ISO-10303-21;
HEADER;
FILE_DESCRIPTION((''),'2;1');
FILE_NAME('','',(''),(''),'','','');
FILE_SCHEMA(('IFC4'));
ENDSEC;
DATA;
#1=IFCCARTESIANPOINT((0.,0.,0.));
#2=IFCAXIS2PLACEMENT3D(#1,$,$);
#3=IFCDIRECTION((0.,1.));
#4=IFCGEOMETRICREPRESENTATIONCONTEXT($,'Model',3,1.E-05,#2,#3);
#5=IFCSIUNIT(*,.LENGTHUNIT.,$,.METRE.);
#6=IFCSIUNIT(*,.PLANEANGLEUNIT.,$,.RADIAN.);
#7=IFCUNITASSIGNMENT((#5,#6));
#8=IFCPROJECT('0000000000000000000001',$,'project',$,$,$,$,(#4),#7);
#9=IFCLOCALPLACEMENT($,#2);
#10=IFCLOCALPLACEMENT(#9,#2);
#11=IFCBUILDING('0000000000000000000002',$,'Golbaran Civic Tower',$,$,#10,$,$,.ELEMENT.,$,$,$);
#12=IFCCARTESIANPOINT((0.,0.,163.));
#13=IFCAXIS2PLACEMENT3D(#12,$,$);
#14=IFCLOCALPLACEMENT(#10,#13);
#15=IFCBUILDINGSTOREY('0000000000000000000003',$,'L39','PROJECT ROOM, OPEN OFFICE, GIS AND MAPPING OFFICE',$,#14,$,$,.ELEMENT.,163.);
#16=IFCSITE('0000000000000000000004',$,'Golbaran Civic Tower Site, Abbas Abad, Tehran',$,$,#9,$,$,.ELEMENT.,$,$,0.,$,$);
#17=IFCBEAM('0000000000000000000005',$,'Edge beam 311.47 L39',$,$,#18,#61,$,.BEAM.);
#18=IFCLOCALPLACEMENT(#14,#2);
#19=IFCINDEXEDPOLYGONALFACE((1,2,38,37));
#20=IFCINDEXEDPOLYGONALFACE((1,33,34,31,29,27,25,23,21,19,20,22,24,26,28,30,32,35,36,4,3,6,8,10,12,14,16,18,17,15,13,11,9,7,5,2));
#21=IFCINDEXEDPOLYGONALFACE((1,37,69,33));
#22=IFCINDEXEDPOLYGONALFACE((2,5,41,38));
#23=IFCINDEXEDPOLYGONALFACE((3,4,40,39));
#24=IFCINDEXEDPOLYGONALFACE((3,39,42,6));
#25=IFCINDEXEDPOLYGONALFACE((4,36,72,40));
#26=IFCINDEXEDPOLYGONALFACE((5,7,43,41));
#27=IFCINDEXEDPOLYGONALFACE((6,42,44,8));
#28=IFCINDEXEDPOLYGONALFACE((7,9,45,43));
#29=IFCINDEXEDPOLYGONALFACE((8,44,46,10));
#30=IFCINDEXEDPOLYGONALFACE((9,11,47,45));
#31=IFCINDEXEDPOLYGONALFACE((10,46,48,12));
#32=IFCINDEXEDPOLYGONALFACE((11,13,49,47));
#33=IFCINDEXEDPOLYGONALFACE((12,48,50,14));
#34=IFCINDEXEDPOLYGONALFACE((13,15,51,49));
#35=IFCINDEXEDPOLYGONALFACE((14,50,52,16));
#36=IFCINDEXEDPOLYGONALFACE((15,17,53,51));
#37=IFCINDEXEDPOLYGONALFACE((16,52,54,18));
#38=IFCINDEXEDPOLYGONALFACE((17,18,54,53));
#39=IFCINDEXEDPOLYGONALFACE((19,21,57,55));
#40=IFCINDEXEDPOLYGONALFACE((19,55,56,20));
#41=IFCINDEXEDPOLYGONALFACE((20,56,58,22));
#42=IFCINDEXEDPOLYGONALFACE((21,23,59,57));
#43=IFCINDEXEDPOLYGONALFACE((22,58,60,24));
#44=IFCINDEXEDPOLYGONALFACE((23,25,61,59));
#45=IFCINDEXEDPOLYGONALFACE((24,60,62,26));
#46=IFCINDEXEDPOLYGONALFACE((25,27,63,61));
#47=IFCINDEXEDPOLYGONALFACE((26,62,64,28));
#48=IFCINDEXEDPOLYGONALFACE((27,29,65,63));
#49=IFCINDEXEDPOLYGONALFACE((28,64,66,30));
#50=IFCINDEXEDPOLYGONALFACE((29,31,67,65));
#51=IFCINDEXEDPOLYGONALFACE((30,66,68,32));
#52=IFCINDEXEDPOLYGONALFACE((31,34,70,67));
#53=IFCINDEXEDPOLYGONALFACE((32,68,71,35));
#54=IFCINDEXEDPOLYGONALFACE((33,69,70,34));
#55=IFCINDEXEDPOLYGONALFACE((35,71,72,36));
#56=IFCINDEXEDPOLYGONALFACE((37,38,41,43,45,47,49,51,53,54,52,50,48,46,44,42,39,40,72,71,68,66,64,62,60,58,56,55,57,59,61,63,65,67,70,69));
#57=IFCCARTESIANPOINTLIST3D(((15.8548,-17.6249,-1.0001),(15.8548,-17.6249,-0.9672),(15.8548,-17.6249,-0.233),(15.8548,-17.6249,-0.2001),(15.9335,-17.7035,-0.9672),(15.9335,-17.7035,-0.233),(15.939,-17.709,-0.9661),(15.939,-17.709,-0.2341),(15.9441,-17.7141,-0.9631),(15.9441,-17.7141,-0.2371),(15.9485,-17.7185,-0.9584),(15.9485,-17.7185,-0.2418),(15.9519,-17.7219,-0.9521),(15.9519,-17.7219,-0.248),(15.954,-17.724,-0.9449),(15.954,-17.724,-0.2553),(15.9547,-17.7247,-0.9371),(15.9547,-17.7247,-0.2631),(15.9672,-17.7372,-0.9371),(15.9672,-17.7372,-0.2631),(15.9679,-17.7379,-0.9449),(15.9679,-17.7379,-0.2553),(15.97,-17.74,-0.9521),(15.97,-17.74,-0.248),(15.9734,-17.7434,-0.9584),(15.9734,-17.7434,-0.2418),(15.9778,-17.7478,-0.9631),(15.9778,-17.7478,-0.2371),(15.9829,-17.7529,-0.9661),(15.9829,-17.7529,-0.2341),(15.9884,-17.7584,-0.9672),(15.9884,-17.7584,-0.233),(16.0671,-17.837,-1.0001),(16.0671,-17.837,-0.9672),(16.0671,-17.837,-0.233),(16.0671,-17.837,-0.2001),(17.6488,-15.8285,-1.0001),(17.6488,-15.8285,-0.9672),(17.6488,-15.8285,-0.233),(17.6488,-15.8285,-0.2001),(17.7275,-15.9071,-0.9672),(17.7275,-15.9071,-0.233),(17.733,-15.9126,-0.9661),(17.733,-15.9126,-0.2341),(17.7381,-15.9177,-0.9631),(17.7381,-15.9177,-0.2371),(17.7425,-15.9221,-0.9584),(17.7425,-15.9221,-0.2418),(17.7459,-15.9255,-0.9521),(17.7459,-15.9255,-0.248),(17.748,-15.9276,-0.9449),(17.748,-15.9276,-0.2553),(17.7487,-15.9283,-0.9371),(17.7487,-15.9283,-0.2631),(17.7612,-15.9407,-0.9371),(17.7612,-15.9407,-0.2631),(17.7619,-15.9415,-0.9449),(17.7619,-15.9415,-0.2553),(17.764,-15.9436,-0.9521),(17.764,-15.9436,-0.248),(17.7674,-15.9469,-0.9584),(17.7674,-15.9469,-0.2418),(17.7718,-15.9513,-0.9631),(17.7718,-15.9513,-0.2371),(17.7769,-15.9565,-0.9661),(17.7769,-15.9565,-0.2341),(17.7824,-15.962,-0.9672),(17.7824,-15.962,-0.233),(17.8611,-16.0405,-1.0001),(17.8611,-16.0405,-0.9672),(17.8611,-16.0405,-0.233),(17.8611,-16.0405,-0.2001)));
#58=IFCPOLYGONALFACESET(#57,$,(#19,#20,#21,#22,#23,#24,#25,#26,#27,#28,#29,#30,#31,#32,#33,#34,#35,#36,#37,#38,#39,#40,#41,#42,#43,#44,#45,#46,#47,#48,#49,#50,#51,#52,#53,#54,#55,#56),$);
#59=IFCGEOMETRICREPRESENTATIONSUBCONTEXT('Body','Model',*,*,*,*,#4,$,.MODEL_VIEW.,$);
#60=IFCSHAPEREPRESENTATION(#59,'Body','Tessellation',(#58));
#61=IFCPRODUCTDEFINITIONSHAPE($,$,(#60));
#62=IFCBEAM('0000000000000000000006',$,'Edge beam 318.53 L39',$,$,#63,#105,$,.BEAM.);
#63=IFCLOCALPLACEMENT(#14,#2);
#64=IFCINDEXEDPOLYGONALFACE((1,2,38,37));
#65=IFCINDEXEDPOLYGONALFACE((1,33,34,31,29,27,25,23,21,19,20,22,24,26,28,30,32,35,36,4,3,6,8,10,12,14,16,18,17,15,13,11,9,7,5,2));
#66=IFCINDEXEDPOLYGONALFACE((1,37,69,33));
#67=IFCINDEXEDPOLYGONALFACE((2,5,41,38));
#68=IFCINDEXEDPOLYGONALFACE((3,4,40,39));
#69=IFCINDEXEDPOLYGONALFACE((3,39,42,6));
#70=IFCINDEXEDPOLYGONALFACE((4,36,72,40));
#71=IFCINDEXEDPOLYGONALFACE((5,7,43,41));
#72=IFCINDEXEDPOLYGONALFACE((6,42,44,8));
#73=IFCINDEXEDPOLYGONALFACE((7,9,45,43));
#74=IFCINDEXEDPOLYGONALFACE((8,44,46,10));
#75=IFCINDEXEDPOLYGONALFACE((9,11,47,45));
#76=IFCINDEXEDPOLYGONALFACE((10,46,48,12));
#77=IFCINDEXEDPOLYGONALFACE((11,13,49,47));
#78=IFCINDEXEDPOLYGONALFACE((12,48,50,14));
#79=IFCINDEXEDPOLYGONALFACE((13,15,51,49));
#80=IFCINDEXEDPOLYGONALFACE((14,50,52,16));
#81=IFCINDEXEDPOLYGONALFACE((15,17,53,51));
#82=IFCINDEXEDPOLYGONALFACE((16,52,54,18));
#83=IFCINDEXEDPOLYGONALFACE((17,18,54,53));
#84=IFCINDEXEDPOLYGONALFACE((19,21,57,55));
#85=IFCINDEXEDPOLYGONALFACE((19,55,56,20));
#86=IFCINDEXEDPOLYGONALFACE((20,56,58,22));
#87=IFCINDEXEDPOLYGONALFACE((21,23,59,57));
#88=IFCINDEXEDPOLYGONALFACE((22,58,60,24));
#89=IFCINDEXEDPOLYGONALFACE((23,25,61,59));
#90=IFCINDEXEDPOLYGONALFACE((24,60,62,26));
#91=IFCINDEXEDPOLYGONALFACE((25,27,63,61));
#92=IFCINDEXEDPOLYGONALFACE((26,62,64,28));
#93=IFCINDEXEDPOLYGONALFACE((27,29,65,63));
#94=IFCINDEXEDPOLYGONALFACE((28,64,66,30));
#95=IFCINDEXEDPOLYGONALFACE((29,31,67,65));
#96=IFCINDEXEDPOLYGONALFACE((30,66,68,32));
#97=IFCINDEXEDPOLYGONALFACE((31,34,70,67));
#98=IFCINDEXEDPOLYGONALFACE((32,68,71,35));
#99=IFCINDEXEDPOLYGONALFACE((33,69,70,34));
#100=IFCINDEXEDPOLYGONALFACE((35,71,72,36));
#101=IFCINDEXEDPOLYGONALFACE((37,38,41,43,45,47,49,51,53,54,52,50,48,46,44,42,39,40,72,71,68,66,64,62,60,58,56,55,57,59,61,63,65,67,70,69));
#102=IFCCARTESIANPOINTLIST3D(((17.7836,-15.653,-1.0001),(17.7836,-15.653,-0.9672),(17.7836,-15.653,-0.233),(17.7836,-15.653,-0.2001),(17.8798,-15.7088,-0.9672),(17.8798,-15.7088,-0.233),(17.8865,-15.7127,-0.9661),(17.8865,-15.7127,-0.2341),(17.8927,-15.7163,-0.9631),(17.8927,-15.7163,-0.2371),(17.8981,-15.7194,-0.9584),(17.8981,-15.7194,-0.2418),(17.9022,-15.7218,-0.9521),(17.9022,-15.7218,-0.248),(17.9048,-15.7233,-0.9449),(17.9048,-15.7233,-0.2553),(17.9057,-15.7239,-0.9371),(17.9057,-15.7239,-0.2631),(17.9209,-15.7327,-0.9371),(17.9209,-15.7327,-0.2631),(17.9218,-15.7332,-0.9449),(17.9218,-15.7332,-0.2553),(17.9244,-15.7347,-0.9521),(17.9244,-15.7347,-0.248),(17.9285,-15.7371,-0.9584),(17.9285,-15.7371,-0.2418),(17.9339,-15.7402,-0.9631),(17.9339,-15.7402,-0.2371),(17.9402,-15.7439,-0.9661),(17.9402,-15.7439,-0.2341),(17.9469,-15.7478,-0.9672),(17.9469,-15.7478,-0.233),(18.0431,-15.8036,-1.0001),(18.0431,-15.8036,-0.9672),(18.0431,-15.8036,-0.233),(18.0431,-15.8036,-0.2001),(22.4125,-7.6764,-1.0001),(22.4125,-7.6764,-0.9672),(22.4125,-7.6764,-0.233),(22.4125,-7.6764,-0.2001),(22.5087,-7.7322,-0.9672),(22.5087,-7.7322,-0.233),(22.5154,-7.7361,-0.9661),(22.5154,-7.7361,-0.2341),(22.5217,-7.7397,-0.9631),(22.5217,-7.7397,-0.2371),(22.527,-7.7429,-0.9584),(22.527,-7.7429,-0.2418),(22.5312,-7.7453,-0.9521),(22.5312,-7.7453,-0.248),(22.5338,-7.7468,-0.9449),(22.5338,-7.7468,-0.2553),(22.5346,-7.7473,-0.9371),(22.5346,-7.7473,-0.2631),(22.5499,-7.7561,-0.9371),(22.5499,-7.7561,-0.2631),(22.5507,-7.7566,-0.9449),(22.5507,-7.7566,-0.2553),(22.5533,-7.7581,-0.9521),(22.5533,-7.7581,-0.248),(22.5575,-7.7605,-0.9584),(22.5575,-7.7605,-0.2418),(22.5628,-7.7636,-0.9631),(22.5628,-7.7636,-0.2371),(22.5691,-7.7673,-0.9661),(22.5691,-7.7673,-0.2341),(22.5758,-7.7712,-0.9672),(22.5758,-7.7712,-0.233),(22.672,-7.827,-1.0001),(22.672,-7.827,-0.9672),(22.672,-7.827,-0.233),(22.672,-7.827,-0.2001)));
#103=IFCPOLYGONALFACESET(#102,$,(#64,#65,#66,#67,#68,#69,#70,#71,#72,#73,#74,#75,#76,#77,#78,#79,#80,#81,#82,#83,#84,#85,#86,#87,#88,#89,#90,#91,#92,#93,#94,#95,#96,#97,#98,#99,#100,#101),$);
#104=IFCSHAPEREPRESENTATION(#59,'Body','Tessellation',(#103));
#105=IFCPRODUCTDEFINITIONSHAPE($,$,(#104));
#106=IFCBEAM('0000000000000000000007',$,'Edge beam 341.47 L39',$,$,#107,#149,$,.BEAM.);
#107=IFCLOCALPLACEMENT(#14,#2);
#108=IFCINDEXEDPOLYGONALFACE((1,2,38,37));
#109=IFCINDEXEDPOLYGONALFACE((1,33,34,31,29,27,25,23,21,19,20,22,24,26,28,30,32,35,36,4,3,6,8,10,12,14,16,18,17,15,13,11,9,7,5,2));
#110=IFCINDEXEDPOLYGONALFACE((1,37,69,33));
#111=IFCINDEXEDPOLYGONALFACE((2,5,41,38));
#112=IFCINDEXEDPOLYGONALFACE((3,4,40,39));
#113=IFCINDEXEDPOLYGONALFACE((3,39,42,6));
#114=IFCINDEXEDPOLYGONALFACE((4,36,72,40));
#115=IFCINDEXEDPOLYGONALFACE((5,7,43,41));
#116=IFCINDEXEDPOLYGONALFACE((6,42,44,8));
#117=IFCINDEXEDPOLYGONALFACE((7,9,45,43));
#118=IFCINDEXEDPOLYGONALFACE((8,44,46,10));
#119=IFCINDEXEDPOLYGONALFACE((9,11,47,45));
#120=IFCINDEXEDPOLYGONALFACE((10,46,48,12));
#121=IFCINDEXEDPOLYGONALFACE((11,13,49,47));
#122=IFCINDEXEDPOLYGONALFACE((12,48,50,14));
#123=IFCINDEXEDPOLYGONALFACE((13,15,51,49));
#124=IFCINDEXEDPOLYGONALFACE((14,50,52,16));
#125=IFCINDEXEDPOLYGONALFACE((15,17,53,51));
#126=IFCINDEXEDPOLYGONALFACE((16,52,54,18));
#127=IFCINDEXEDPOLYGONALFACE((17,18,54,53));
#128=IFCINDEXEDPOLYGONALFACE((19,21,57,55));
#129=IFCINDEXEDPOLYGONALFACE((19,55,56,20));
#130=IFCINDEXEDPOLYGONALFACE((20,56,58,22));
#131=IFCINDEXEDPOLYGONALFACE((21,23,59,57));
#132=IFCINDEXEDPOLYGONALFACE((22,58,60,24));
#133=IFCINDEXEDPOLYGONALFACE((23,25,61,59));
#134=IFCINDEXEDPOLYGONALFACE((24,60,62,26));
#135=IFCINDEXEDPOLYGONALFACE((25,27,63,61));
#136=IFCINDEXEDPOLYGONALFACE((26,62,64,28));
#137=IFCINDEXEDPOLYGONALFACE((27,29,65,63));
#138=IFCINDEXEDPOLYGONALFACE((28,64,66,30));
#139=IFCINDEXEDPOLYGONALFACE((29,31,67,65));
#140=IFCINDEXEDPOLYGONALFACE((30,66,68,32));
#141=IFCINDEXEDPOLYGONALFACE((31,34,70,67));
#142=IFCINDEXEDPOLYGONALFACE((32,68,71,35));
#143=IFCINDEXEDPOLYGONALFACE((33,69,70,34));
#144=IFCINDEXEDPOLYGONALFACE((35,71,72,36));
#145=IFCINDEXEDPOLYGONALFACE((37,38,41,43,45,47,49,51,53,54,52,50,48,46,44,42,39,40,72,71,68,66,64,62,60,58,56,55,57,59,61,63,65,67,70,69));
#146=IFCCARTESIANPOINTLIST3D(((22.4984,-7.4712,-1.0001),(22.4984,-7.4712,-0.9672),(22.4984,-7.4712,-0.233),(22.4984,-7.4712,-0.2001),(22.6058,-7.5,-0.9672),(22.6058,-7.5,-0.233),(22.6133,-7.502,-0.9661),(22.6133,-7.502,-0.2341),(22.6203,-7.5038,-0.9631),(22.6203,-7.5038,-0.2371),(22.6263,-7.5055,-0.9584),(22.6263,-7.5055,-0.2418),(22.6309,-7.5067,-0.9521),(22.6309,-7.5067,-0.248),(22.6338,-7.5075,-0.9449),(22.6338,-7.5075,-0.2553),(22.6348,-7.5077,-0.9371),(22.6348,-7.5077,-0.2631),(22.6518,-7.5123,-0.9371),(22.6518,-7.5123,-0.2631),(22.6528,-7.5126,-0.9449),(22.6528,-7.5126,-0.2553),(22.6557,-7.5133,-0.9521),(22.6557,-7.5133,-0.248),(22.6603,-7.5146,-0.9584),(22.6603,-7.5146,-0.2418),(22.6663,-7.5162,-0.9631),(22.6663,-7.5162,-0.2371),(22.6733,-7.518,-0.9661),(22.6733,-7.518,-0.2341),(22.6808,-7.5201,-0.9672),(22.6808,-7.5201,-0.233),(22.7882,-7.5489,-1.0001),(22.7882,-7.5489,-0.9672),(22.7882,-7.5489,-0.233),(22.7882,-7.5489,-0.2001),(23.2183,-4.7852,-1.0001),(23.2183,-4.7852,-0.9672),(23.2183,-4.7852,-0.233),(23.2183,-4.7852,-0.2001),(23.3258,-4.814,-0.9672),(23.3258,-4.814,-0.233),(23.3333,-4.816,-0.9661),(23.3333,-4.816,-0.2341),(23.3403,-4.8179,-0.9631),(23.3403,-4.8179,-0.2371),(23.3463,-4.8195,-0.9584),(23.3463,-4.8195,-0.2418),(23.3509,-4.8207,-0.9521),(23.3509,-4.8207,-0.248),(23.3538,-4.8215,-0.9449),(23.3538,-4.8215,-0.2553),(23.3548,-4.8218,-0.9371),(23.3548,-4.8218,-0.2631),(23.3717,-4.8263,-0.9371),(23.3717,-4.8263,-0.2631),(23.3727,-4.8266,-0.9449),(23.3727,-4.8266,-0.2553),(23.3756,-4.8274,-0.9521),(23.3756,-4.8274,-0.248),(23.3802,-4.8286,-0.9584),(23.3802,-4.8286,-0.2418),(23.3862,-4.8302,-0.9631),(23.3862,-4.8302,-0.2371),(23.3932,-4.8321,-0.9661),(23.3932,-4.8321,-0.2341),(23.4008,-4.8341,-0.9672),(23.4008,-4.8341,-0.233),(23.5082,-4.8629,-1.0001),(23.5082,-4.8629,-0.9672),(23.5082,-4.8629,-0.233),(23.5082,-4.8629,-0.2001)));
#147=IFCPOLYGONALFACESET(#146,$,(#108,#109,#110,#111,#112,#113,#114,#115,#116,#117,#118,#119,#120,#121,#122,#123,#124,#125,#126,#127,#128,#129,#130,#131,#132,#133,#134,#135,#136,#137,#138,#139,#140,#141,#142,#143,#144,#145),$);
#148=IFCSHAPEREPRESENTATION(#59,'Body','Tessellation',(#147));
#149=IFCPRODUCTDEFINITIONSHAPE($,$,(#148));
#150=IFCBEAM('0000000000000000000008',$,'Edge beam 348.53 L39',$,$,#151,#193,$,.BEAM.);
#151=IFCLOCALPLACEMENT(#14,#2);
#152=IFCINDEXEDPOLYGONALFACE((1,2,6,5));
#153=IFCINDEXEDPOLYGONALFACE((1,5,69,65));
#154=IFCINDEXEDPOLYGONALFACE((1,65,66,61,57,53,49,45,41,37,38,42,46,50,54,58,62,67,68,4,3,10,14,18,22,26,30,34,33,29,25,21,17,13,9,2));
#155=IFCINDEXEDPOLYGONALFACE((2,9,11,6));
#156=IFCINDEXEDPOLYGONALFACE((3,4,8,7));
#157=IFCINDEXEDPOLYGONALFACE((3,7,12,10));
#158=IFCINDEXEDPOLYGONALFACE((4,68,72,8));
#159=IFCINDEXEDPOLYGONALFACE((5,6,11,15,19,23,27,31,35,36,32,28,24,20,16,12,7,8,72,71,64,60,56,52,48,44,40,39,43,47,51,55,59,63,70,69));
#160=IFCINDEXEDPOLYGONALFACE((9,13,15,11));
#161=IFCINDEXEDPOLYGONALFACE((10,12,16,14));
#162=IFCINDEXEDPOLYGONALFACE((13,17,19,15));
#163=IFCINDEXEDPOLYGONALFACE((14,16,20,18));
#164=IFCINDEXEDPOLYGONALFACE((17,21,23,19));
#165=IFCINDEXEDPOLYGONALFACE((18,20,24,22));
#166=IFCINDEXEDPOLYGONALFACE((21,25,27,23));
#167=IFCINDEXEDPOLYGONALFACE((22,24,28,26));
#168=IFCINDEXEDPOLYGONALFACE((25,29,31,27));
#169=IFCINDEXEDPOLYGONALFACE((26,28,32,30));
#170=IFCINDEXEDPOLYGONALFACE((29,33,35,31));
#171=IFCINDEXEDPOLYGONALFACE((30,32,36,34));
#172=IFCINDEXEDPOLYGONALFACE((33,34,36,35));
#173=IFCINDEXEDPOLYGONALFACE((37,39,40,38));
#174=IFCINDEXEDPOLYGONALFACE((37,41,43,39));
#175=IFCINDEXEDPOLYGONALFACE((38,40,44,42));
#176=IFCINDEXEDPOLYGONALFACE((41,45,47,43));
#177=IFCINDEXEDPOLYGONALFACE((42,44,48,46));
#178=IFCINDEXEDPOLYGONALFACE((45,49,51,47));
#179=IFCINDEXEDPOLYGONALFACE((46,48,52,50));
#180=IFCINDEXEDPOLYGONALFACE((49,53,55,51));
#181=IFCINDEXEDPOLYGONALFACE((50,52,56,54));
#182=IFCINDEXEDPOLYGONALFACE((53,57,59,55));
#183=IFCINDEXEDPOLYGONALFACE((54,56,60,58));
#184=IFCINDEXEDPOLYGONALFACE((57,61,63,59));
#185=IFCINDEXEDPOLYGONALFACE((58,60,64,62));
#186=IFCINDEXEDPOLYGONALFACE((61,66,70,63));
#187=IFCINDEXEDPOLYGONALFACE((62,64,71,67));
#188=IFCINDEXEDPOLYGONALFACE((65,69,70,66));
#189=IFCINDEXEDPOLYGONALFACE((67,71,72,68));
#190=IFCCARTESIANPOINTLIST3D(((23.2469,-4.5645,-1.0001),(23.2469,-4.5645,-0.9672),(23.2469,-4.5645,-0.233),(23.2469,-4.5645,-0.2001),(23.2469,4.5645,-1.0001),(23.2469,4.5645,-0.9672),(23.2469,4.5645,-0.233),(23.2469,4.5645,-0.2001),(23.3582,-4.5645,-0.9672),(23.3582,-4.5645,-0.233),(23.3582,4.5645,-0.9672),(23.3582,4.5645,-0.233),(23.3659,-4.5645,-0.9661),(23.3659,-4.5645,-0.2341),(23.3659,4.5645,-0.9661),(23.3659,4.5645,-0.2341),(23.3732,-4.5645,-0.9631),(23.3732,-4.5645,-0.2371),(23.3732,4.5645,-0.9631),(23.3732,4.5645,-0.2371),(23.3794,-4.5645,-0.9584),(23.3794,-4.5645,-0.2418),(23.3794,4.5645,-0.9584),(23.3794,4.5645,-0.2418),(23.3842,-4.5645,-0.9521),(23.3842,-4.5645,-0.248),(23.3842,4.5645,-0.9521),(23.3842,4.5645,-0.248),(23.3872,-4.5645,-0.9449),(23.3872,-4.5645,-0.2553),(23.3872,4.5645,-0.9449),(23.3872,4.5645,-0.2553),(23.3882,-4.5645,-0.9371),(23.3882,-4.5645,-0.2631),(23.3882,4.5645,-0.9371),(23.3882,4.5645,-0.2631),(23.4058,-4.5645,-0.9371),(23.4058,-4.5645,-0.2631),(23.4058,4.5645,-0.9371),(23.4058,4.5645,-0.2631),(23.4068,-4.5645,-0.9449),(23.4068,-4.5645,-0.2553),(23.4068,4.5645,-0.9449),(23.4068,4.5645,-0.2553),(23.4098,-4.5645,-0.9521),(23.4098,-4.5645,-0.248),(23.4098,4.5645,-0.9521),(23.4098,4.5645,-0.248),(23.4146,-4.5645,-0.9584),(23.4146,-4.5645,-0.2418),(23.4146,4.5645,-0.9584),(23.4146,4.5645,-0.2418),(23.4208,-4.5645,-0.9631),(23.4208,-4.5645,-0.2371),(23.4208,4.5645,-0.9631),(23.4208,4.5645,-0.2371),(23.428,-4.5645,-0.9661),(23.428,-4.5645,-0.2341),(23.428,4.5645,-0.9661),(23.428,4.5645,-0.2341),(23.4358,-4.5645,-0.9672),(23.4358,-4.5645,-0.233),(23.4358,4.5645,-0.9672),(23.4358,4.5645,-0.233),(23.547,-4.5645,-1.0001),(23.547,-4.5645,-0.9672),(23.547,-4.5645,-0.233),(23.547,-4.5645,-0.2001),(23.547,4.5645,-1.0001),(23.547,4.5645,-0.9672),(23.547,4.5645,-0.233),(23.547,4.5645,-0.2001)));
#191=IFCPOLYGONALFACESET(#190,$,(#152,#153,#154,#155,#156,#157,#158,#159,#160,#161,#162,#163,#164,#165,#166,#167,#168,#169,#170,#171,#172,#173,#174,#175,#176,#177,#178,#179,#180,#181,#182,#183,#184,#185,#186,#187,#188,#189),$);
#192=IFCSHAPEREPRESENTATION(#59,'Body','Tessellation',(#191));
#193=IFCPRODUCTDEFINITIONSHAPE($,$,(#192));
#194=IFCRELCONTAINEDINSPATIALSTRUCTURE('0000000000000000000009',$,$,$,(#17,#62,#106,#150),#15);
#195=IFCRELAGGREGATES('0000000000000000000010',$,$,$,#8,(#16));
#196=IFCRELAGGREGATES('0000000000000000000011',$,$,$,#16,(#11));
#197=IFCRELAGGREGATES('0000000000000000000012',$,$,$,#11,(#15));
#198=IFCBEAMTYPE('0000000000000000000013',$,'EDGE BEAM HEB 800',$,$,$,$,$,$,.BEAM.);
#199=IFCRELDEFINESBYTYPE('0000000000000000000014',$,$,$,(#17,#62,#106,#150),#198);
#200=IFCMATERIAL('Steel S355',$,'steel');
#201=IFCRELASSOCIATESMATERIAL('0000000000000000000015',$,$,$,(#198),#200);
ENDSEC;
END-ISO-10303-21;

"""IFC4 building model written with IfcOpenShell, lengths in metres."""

from ifc_helpers import new_model, si_unit, direction, frame, origin, origin_2d, place, context, subcontext, project, spatial, i_section, extrude, material, material_profile, profile_set, type_object, element, save


model = new_model("IFC4")

# Units and contexts
model_context = context("Model", 3, precision=1e-05, world=origin(), true_north=direction((0.0, 1.0)))
body_context = subcontext(model_context, "Body", "Model", "MODEL_VIEW")
ifc_project = project(units=[si_unit("LENGTHUNIT", "METRE"), si_unit("PLANEANGLEUNIT", "RADIAN")], contexts=[model_context])

# Site, building, storey
site_placement = place(None, origin())
site = spatial("IfcSite", under=ifc_project, at=site_placement, Name="Golbaran Civic Tower Site, Abbas Abad, Tehran", CompositionType="ELEMENT", RefElevation=0.0)
building_placement = place(site_placement, origin())
building = spatial("IfcBuilding", under=site, at=building_placement, Name="Golbaran Civic Tower", CompositionType="ELEMENT")
storey_placement = place(building_placement, frame((0.0, 0.0, 163.0)))
storey = spatial("IfcBuildingStorey", under=building, at=storey_placement, Name="L39", Description="PROJECT ROOM, OPEN OFFICE, GIS AND MAPPING OFFICE", CompositionType="ELEMENT", Elevation=163.0)

# Beams
ifc_material_1 = material(Name="Steel S355", Category="steel")
ifc_material_profile_1 = material_profile(ifc_material_1, i_section(OverallWidth=0.3, OverallDepth=0.8, WebThickness=0.0176, FlangeThickness=0.033, FilletRadius=0.03, at=origin_2d()), Name="HEB 800")
ifc_profile_set_1 = profile_set([ifc_material_profile_1], Name="Steel S355")
beam_type_1 = type_object("IfcBeamType", Name="EDGE BEAM HEB 800", PredefinedType="BEAM", material=ifc_profile_set_1)
beam_1_placement = place(storey_placement, frame((15.9609, -17.731, -0.6001), z_axis=(0.706626, 0.707587, 0.0), x_axis=(-0.707587, 0.706626, 0.0)))
element("IfcBeam", 1, at=beam_1_placement, inside=storey, type_object=beam_type_1, Name="Edge beam 311.47 L39", PredefinedType="BEAM", context=body_context, shape_type="SweptSolid", body=[
    extrude(i_section(OverallWidth=0.3, OverallDepth=0.8, WebThickness=0.0176, FlangeThickness=0.033, FilletRadius=0.03, at=origin_2d()), origin(), (0.0, 0.0, 1.0), 2.5388),
])
beam_2_placement = place(storey_placement, frame((17.9133, -15.7283, -0.6001), z_axis=(0.501921, 0.864914, 0.0), x_axis=(-0.864914, 0.501921, 0.0)))
element("IfcBeam", 2, at=beam_2_placement, inside=storey, type_object=beam_type_1, Name="Edge beam 318.53 L39", PredefinedType="BEAM", context=body_context, shape_type="SweptSolid", body=[
    extrude(i_section(OverallWidth=0.3, OverallDepth=0.8, WebThickness=0.0176, FlangeThickness=0.033, FilletRadius=0.03, at=origin_2d()), origin(), (0.0, 0.0, 1.0), 9.2224),
])
beam_3_placement = place(storey_placement, frame((22.6433, -7.51, -0.6001), z_axis=(0.258903, 0.965903, 0.0), x_axis=(-0.965903, 0.258903, 0.0)))
element("IfcBeam", 3, at=beam_3_placement, inside=storey, type_object=beam_type_1, Name="Edge beam 341.47 L39", PredefinedType="BEAM", context=body_context, shape_type="SweptSolid", body=[
    extrude(i_section(OverallWidth=0.3, OverallDepth=0.8, WebThickness=0.0176, FlangeThickness=0.033, FilletRadius=0.03, at=origin_2d()), origin(), (0.0, 0.0, 1.0), 2.7808),
])
beam_4_placement = place(storey_placement, frame((23.397, -4.5645, -0.6001), z_axis=(0.0, 1.0, 0.0), x_axis=(-1.0, 0.0, 0.0)))
element("IfcBeam", 4, at=beam_4_placement, inside=storey, type_object=beam_type_1, Name="Edge beam 348.53 L39", PredefinedType="BEAM", context=body_context, shape_type="SweptSolid", body=[
    extrude(i_section(OverallWidth=0.3, OverallDepth=0.8, WebThickness=0.0176, FlangeThickness=0.033, FilletRadius=0.03, at=origin_2d()), origin(), (0.0, 0.0, 1.0), 9.1289),
])

save(model, "model.ifc")
